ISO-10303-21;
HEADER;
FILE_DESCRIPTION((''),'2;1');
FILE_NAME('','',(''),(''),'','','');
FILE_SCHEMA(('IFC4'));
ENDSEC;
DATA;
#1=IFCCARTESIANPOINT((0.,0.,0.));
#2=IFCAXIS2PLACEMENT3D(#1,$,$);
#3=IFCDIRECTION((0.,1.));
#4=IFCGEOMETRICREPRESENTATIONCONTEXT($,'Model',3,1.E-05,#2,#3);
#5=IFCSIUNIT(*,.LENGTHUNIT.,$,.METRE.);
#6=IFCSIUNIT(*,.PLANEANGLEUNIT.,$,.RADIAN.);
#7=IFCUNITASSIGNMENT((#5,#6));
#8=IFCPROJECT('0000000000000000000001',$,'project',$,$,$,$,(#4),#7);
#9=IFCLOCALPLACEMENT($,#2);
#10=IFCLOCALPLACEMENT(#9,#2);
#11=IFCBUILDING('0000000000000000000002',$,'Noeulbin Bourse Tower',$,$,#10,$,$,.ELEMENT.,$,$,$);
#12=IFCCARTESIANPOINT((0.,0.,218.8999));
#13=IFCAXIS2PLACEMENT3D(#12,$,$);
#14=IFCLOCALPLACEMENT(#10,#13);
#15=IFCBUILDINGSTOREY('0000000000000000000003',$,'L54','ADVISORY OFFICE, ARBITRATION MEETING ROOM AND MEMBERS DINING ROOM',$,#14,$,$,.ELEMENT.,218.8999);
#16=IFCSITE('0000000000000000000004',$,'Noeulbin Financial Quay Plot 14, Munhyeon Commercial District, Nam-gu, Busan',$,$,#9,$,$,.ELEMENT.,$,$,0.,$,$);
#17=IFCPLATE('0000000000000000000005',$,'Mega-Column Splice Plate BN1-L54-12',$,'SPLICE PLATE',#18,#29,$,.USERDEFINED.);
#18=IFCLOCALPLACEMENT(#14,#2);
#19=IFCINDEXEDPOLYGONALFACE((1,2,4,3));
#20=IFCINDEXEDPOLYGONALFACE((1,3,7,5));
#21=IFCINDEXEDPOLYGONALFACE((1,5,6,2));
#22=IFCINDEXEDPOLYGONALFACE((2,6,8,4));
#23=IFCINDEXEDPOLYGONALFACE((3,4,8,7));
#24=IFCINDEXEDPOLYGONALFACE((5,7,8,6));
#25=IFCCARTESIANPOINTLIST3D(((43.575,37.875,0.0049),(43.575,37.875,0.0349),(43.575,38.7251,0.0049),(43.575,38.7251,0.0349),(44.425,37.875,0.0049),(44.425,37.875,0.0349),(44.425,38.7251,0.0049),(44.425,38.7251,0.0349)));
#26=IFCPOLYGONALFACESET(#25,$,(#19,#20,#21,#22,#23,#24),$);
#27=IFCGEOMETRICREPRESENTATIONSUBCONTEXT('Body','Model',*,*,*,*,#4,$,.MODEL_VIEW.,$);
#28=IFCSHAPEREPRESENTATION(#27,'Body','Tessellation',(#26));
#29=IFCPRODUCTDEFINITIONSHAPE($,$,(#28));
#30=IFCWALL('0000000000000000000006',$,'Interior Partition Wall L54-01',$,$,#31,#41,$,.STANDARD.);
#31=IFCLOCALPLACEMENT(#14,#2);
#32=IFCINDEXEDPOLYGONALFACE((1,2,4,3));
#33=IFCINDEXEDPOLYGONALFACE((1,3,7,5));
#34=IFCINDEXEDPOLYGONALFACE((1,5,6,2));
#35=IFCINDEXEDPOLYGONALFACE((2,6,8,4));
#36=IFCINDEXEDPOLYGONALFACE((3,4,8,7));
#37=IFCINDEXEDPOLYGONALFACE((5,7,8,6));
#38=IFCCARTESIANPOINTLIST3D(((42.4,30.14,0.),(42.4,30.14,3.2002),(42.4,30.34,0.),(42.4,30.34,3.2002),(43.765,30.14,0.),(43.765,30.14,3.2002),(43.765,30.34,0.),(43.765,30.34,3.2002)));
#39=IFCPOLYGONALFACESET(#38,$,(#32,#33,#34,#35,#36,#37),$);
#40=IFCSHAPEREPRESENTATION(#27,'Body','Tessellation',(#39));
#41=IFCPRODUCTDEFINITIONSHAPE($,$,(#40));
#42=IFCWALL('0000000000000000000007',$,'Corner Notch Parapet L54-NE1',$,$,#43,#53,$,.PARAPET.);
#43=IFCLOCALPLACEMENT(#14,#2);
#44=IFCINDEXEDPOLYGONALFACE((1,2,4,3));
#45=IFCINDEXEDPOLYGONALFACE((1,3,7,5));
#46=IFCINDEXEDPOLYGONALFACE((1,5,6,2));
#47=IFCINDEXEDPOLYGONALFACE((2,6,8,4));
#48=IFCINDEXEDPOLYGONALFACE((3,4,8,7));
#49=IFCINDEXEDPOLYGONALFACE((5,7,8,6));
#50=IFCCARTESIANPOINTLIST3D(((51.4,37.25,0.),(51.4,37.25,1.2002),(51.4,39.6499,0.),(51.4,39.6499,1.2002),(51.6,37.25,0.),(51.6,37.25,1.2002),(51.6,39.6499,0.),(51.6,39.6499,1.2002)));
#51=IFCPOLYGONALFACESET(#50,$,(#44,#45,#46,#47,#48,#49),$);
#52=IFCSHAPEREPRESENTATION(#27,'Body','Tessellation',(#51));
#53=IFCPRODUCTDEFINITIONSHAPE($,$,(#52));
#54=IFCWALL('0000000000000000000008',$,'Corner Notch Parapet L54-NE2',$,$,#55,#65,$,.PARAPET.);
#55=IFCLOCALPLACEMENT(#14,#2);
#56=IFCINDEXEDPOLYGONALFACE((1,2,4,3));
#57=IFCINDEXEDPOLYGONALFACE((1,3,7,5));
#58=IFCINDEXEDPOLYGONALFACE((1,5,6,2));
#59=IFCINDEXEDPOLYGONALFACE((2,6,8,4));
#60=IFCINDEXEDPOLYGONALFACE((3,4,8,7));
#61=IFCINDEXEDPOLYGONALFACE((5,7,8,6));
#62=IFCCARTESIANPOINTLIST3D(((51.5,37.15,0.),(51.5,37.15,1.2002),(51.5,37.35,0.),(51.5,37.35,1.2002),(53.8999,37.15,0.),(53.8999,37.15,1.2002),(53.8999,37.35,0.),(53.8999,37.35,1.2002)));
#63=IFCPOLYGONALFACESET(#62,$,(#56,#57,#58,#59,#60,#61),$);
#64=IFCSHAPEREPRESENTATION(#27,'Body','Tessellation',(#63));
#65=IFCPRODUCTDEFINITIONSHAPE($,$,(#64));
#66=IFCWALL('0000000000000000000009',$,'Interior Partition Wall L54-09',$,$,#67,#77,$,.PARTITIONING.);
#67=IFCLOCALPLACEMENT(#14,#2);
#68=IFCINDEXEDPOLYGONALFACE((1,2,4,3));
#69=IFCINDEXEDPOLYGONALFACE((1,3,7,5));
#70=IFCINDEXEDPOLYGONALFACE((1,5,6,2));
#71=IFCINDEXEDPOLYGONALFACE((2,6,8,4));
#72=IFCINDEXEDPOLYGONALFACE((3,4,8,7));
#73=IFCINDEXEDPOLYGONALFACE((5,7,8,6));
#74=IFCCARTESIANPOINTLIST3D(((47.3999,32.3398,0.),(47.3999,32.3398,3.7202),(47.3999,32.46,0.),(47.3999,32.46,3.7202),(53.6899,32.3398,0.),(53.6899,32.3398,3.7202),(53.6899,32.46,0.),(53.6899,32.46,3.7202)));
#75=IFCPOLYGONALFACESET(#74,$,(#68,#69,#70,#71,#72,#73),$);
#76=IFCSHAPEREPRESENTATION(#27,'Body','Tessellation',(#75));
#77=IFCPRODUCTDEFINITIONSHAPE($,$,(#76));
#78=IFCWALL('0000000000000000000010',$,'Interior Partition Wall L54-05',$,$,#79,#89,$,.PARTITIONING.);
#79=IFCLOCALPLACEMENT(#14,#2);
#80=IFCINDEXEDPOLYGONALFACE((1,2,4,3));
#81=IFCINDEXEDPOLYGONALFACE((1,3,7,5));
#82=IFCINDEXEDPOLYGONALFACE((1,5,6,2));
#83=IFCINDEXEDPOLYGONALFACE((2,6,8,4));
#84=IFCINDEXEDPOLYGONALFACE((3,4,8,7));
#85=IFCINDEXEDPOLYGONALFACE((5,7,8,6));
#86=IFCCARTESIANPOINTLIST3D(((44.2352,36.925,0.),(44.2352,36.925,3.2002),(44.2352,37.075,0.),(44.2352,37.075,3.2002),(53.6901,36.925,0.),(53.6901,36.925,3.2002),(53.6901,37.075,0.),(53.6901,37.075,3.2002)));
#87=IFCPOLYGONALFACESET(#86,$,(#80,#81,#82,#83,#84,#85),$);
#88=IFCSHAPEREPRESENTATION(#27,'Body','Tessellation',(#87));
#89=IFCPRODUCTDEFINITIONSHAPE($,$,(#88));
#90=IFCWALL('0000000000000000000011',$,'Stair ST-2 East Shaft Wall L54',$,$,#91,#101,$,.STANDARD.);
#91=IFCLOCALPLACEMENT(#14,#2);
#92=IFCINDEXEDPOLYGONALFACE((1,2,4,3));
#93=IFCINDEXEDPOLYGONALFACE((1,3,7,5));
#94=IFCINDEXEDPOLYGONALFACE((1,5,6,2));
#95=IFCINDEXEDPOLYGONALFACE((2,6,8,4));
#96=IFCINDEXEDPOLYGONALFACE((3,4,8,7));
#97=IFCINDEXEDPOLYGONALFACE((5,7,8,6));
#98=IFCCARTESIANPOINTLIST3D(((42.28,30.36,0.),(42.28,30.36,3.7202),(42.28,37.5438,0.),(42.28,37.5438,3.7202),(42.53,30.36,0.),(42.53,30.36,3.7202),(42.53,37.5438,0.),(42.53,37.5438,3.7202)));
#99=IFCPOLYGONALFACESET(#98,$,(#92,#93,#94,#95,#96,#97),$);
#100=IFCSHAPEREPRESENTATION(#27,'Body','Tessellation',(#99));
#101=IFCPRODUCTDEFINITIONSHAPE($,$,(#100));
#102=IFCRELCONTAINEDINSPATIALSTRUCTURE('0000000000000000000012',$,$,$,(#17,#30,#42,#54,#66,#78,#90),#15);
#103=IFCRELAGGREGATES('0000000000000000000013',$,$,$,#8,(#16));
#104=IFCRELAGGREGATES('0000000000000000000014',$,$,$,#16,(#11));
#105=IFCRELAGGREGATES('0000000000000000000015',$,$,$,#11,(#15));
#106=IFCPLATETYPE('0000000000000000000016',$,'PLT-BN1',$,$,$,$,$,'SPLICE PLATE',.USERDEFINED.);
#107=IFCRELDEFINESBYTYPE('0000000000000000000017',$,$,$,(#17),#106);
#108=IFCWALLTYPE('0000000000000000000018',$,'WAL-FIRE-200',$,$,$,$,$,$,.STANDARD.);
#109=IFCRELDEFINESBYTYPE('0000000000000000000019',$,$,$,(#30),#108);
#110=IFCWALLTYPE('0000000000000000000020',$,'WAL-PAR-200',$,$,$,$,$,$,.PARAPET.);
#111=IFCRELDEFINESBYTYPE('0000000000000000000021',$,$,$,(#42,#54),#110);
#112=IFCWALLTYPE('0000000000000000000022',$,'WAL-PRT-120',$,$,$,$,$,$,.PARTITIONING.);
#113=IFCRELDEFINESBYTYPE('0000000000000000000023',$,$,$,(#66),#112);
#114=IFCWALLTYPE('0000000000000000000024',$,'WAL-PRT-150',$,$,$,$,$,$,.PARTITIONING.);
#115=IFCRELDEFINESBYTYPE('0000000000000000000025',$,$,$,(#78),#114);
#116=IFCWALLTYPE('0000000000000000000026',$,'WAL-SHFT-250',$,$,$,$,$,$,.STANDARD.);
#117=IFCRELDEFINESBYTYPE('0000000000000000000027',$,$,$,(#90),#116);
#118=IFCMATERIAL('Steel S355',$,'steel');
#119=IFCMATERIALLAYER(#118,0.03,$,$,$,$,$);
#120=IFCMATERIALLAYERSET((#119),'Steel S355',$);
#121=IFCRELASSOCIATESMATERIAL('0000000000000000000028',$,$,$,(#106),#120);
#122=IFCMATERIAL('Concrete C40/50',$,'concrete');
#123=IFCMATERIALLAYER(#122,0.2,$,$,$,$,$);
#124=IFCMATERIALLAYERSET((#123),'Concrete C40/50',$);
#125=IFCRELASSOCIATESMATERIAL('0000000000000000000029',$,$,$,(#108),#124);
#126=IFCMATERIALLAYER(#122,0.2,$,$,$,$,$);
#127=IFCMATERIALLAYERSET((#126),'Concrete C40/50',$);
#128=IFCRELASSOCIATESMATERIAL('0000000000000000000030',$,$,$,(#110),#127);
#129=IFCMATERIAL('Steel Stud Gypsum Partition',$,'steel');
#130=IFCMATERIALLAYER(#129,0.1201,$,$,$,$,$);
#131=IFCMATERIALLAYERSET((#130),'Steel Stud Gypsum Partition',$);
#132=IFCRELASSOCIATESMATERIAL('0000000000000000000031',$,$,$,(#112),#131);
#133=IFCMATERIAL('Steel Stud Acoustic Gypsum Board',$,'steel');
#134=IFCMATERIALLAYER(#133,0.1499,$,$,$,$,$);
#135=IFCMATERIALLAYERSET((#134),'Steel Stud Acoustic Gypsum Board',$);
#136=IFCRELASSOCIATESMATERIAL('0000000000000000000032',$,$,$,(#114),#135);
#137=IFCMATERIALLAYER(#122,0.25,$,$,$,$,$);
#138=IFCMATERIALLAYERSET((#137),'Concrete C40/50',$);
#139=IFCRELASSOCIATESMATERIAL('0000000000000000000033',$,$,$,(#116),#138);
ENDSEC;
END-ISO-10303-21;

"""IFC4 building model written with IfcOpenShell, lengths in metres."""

from ifc_helpers import new_model, si_unit, direction, frame, frame_2d, origin, origin_2d, place, context, subcontext, project, spatial, rectangle, extrude, material, layer, layer_set, type_object, element, save


model = new_model("IFC4")

# Units and contexts
model_context = context("Model", 3, precision=1e-05, world=origin(), true_north=direction((0.0, 1.0)))
body_context = subcontext(model_context, "Body", "Model", "MODEL_VIEW")
ifc_project = project(units=[si_unit("LENGTHUNIT", "METRE"), si_unit("PLANEANGLEUNIT", "RADIAN")], contexts=[model_context])

# Site, building, storey
site_placement = place(None, origin())
site = spatial("IfcSite", under=ifc_project, at=site_placement, Name="Noeulbin Financial Quay Plot 14, Munhyeon Commercial District, Nam-gu, Busan", CompositionType="ELEMENT", RefElevation=0.0)
building_placement = place(site_placement, origin())
building = spatial("IfcBuilding", under=site, at=building_placement, Name="Noeulbin Bourse Tower", CompositionType="ELEMENT")
storey_placement = place(building_placement, frame((0.0, 0.0, 218.8999)))
storey = spatial("IfcBuildingStorey", under=building, at=storey_placement, Name="L54", Description="ADVISORY OFFICE, ARBITRATION MEETING ROOM AND MEMBERS DINING ROOM", CompositionType="ELEMENT", Elevation=218.8999)

# Shared definitions
ifc_material_1 = material(Name="Steel S355", Category="steel")

# Plate
ifc_layer_1 = layer(ifc_material_1, 0.03)
ifc_layer_set_1 = layer_set([ifc_layer_1], Name="Steel S355")
plate_type_1 = type_object("IfcPlateType", Name="PLT-BN1", ElementType="SPLICE PLATE", PredefinedType="USERDEFINED", material=ifc_layer_set_1)
plate_1_placement = place(storey_placement, frame((44.0, 38.3, 0.0049), z_axis=(0.0, 0.0, 1.0), x_axis=(1.0, 0.0, 0.0)))
element("IfcPlate", 1, at=plate_1_placement, inside=storey, type_object=plate_type_1, Name="Mega-Column Splice Plate BN1-L54-12", ObjectType="SPLICE PLATE", PredefinedType="USERDEFINED", context=body_context, shape_type="SweptSolid", body=[
    extrude(rectangle(XDim=0.8501, YDim=0.8501, at=origin_2d()), origin(), (0.0, 0.0, 1.0), 0.03),
])

# Walls
ifc_material_2 = material(Name="Concrete C40/50", Category="concrete")
ifc_layer_2 = layer(ifc_material_2, 0.2)
ifc_layer_set_2 = layer_set([ifc_layer_2], Name="Concrete C40/50")
wall_type_1 = type_object("IfcWallType", Name="WAL-FIRE-200", PredefinedType="STANDARD", material=ifc_layer_set_2)
wall_1_placement = place(storey_placement, frame((42.3999, 30.24, 0.0), z_axis=(0.0, 0.0, 1.0), x_axis=(1.0, 0.0, 0.0)))
element("IfcWall", 2, at=wall_1_placement, inside=storey, type_object=wall_type_1, Name="Interior Partition Wall L54-01", PredefinedType="STANDARD", context=body_context, shape_type="SweptSolid", body=[
    extrude(rectangle(XDim=1.365, YDim=0.2, at=frame_2d((0.6826, 0.0))), origin(), (0.0, 0.0, 1.0), 3.2002),
])
ifc_layer_3 = layer(ifc_material_2, 0.2)
ifc_layer_set_3 = layer_set([ifc_layer_3], Name="Concrete C40/50")
wall_type_2 = type_object("IfcWallType", Name="WAL-PAR-200", PredefinedType="PARAPET", material=ifc_layer_set_3)
for number, where, z_axis, x_axis, name in (
    (3, (51.5, 39.6499, 0.0), (0.0, 0.0, 1.0), (0.0, -1.0, 0.0), "Corner Notch Parapet L54-NE1"),
    (4, (51.5, 37.25, 0.0), (0.0, 0.0, 1.0), (1.0, 0.0, 0.0), "Corner Notch Parapet L54-NE2"),
):
    element("IfcWall", number, at=place(storey_placement, frame(where, z_axis=z_axis, x_axis=x_axis)), inside=storey, type_object=wall_type_2, Name=name, PredefinedType="PARAPET", context=body_context, shape_type="SweptSolid", body=[
        extrude(rectangle(XDim=2.3999, YDim=0.2, at=frame_2d((1.2, 0.0))), origin(), (0.0, 0.0, 1.0), 1.2002),
    ])
ifc_material_3 = material(Name="Steel Stud Gypsum Partition", Category="steel")
ifc_layer_4 = layer(ifc_material_3, 0.1201)
ifc_layer_set_4 = layer_set([ifc_layer_4], Name="Steel Stud Gypsum Partition")
wall_type_3 = type_object("IfcWallType", Name="WAL-PRT-120", PredefinedType="PARTITIONING", material=ifc_layer_set_4)
wall_2_placement = place(storey_placement, frame((47.3999, 32.3999, 0.0), z_axis=(0.0, 0.0, 1.0), x_axis=(1.0, 0.0, 0.0)))
element("IfcWall", 5, at=wall_2_placement, inside=storey, type_object=wall_type_3, Name="Interior Partition Wall L54-09", PredefinedType="PARTITIONING", context=body_context, shape_type="SweptSolid", body=[
    extrude(rectangle(XDim=6.29, YDim=0.1201, at=frame_2d((3.145, 0.0))), origin(), (0.0, 0.0, 1.0), 3.7202),
])
ifc_material_4 = material(Name="Steel Stud Acoustic Gypsum Board", Category="steel")
ifc_layer_5 = layer(ifc_material_4, 0.1499)
ifc_layer_set_5 = layer_set([ifc_layer_5], Name="Steel Stud Acoustic Gypsum Board")
wall_type_4 = type_object("IfcWallType", Name="WAL-PRT-150", PredefinedType="PARTITIONING", material=ifc_layer_set_5)
wall_3_placement = place(storey_placement, frame((44.2351, 37.0, 0.0), z_axis=(0.0, 0.0, 1.0), x_axis=(1.0, 0.0, 0.0)))
element("IfcWall", 6, at=wall_3_placement, inside=storey, type_object=wall_type_4, Name="Interior Partition Wall L54-05", PredefinedType="PARTITIONING", context=body_context, shape_type="SweptSolid", body=[
    extrude(rectangle(XDim=9.4548, YDim=0.1499, at=frame_2d((4.7275, 0.0))), origin(), (0.0, 0.0, 1.0), 3.2002),
])
ifc_layer_6 = layer(ifc_material_2, 0.25)
ifc_layer_set_6 = layer_set([ifc_layer_6], Name="Concrete C40/50")
wall_type_5 = type_object("IfcWallType", Name="WAL-SHFT-250", PredefinedType="STANDARD", material=ifc_layer_set_6)
wall_4_placement = place(storey_placement, frame((42.405, 30.3601, 0.0), z_axis=(0.0, 0.0, 1.0), x_axis=(0.0, 1.0, 0.0)))
element("IfcWall", 7, at=wall_4_placement, inside=storey, type_object=wall_type_5, Name="Stair ST-2 East Shaft Wall L54", PredefinedType="STANDARD", context=body_context, shape_type="SweptSolid", body=[
    extrude(rectangle(XDim=7.1838, YDim=0.25, at=frame_2d((3.5918, 0.0))), origin(), (0.0, 0.0, 1.0), 3.7202),
])

save(model, "model.ifc")
